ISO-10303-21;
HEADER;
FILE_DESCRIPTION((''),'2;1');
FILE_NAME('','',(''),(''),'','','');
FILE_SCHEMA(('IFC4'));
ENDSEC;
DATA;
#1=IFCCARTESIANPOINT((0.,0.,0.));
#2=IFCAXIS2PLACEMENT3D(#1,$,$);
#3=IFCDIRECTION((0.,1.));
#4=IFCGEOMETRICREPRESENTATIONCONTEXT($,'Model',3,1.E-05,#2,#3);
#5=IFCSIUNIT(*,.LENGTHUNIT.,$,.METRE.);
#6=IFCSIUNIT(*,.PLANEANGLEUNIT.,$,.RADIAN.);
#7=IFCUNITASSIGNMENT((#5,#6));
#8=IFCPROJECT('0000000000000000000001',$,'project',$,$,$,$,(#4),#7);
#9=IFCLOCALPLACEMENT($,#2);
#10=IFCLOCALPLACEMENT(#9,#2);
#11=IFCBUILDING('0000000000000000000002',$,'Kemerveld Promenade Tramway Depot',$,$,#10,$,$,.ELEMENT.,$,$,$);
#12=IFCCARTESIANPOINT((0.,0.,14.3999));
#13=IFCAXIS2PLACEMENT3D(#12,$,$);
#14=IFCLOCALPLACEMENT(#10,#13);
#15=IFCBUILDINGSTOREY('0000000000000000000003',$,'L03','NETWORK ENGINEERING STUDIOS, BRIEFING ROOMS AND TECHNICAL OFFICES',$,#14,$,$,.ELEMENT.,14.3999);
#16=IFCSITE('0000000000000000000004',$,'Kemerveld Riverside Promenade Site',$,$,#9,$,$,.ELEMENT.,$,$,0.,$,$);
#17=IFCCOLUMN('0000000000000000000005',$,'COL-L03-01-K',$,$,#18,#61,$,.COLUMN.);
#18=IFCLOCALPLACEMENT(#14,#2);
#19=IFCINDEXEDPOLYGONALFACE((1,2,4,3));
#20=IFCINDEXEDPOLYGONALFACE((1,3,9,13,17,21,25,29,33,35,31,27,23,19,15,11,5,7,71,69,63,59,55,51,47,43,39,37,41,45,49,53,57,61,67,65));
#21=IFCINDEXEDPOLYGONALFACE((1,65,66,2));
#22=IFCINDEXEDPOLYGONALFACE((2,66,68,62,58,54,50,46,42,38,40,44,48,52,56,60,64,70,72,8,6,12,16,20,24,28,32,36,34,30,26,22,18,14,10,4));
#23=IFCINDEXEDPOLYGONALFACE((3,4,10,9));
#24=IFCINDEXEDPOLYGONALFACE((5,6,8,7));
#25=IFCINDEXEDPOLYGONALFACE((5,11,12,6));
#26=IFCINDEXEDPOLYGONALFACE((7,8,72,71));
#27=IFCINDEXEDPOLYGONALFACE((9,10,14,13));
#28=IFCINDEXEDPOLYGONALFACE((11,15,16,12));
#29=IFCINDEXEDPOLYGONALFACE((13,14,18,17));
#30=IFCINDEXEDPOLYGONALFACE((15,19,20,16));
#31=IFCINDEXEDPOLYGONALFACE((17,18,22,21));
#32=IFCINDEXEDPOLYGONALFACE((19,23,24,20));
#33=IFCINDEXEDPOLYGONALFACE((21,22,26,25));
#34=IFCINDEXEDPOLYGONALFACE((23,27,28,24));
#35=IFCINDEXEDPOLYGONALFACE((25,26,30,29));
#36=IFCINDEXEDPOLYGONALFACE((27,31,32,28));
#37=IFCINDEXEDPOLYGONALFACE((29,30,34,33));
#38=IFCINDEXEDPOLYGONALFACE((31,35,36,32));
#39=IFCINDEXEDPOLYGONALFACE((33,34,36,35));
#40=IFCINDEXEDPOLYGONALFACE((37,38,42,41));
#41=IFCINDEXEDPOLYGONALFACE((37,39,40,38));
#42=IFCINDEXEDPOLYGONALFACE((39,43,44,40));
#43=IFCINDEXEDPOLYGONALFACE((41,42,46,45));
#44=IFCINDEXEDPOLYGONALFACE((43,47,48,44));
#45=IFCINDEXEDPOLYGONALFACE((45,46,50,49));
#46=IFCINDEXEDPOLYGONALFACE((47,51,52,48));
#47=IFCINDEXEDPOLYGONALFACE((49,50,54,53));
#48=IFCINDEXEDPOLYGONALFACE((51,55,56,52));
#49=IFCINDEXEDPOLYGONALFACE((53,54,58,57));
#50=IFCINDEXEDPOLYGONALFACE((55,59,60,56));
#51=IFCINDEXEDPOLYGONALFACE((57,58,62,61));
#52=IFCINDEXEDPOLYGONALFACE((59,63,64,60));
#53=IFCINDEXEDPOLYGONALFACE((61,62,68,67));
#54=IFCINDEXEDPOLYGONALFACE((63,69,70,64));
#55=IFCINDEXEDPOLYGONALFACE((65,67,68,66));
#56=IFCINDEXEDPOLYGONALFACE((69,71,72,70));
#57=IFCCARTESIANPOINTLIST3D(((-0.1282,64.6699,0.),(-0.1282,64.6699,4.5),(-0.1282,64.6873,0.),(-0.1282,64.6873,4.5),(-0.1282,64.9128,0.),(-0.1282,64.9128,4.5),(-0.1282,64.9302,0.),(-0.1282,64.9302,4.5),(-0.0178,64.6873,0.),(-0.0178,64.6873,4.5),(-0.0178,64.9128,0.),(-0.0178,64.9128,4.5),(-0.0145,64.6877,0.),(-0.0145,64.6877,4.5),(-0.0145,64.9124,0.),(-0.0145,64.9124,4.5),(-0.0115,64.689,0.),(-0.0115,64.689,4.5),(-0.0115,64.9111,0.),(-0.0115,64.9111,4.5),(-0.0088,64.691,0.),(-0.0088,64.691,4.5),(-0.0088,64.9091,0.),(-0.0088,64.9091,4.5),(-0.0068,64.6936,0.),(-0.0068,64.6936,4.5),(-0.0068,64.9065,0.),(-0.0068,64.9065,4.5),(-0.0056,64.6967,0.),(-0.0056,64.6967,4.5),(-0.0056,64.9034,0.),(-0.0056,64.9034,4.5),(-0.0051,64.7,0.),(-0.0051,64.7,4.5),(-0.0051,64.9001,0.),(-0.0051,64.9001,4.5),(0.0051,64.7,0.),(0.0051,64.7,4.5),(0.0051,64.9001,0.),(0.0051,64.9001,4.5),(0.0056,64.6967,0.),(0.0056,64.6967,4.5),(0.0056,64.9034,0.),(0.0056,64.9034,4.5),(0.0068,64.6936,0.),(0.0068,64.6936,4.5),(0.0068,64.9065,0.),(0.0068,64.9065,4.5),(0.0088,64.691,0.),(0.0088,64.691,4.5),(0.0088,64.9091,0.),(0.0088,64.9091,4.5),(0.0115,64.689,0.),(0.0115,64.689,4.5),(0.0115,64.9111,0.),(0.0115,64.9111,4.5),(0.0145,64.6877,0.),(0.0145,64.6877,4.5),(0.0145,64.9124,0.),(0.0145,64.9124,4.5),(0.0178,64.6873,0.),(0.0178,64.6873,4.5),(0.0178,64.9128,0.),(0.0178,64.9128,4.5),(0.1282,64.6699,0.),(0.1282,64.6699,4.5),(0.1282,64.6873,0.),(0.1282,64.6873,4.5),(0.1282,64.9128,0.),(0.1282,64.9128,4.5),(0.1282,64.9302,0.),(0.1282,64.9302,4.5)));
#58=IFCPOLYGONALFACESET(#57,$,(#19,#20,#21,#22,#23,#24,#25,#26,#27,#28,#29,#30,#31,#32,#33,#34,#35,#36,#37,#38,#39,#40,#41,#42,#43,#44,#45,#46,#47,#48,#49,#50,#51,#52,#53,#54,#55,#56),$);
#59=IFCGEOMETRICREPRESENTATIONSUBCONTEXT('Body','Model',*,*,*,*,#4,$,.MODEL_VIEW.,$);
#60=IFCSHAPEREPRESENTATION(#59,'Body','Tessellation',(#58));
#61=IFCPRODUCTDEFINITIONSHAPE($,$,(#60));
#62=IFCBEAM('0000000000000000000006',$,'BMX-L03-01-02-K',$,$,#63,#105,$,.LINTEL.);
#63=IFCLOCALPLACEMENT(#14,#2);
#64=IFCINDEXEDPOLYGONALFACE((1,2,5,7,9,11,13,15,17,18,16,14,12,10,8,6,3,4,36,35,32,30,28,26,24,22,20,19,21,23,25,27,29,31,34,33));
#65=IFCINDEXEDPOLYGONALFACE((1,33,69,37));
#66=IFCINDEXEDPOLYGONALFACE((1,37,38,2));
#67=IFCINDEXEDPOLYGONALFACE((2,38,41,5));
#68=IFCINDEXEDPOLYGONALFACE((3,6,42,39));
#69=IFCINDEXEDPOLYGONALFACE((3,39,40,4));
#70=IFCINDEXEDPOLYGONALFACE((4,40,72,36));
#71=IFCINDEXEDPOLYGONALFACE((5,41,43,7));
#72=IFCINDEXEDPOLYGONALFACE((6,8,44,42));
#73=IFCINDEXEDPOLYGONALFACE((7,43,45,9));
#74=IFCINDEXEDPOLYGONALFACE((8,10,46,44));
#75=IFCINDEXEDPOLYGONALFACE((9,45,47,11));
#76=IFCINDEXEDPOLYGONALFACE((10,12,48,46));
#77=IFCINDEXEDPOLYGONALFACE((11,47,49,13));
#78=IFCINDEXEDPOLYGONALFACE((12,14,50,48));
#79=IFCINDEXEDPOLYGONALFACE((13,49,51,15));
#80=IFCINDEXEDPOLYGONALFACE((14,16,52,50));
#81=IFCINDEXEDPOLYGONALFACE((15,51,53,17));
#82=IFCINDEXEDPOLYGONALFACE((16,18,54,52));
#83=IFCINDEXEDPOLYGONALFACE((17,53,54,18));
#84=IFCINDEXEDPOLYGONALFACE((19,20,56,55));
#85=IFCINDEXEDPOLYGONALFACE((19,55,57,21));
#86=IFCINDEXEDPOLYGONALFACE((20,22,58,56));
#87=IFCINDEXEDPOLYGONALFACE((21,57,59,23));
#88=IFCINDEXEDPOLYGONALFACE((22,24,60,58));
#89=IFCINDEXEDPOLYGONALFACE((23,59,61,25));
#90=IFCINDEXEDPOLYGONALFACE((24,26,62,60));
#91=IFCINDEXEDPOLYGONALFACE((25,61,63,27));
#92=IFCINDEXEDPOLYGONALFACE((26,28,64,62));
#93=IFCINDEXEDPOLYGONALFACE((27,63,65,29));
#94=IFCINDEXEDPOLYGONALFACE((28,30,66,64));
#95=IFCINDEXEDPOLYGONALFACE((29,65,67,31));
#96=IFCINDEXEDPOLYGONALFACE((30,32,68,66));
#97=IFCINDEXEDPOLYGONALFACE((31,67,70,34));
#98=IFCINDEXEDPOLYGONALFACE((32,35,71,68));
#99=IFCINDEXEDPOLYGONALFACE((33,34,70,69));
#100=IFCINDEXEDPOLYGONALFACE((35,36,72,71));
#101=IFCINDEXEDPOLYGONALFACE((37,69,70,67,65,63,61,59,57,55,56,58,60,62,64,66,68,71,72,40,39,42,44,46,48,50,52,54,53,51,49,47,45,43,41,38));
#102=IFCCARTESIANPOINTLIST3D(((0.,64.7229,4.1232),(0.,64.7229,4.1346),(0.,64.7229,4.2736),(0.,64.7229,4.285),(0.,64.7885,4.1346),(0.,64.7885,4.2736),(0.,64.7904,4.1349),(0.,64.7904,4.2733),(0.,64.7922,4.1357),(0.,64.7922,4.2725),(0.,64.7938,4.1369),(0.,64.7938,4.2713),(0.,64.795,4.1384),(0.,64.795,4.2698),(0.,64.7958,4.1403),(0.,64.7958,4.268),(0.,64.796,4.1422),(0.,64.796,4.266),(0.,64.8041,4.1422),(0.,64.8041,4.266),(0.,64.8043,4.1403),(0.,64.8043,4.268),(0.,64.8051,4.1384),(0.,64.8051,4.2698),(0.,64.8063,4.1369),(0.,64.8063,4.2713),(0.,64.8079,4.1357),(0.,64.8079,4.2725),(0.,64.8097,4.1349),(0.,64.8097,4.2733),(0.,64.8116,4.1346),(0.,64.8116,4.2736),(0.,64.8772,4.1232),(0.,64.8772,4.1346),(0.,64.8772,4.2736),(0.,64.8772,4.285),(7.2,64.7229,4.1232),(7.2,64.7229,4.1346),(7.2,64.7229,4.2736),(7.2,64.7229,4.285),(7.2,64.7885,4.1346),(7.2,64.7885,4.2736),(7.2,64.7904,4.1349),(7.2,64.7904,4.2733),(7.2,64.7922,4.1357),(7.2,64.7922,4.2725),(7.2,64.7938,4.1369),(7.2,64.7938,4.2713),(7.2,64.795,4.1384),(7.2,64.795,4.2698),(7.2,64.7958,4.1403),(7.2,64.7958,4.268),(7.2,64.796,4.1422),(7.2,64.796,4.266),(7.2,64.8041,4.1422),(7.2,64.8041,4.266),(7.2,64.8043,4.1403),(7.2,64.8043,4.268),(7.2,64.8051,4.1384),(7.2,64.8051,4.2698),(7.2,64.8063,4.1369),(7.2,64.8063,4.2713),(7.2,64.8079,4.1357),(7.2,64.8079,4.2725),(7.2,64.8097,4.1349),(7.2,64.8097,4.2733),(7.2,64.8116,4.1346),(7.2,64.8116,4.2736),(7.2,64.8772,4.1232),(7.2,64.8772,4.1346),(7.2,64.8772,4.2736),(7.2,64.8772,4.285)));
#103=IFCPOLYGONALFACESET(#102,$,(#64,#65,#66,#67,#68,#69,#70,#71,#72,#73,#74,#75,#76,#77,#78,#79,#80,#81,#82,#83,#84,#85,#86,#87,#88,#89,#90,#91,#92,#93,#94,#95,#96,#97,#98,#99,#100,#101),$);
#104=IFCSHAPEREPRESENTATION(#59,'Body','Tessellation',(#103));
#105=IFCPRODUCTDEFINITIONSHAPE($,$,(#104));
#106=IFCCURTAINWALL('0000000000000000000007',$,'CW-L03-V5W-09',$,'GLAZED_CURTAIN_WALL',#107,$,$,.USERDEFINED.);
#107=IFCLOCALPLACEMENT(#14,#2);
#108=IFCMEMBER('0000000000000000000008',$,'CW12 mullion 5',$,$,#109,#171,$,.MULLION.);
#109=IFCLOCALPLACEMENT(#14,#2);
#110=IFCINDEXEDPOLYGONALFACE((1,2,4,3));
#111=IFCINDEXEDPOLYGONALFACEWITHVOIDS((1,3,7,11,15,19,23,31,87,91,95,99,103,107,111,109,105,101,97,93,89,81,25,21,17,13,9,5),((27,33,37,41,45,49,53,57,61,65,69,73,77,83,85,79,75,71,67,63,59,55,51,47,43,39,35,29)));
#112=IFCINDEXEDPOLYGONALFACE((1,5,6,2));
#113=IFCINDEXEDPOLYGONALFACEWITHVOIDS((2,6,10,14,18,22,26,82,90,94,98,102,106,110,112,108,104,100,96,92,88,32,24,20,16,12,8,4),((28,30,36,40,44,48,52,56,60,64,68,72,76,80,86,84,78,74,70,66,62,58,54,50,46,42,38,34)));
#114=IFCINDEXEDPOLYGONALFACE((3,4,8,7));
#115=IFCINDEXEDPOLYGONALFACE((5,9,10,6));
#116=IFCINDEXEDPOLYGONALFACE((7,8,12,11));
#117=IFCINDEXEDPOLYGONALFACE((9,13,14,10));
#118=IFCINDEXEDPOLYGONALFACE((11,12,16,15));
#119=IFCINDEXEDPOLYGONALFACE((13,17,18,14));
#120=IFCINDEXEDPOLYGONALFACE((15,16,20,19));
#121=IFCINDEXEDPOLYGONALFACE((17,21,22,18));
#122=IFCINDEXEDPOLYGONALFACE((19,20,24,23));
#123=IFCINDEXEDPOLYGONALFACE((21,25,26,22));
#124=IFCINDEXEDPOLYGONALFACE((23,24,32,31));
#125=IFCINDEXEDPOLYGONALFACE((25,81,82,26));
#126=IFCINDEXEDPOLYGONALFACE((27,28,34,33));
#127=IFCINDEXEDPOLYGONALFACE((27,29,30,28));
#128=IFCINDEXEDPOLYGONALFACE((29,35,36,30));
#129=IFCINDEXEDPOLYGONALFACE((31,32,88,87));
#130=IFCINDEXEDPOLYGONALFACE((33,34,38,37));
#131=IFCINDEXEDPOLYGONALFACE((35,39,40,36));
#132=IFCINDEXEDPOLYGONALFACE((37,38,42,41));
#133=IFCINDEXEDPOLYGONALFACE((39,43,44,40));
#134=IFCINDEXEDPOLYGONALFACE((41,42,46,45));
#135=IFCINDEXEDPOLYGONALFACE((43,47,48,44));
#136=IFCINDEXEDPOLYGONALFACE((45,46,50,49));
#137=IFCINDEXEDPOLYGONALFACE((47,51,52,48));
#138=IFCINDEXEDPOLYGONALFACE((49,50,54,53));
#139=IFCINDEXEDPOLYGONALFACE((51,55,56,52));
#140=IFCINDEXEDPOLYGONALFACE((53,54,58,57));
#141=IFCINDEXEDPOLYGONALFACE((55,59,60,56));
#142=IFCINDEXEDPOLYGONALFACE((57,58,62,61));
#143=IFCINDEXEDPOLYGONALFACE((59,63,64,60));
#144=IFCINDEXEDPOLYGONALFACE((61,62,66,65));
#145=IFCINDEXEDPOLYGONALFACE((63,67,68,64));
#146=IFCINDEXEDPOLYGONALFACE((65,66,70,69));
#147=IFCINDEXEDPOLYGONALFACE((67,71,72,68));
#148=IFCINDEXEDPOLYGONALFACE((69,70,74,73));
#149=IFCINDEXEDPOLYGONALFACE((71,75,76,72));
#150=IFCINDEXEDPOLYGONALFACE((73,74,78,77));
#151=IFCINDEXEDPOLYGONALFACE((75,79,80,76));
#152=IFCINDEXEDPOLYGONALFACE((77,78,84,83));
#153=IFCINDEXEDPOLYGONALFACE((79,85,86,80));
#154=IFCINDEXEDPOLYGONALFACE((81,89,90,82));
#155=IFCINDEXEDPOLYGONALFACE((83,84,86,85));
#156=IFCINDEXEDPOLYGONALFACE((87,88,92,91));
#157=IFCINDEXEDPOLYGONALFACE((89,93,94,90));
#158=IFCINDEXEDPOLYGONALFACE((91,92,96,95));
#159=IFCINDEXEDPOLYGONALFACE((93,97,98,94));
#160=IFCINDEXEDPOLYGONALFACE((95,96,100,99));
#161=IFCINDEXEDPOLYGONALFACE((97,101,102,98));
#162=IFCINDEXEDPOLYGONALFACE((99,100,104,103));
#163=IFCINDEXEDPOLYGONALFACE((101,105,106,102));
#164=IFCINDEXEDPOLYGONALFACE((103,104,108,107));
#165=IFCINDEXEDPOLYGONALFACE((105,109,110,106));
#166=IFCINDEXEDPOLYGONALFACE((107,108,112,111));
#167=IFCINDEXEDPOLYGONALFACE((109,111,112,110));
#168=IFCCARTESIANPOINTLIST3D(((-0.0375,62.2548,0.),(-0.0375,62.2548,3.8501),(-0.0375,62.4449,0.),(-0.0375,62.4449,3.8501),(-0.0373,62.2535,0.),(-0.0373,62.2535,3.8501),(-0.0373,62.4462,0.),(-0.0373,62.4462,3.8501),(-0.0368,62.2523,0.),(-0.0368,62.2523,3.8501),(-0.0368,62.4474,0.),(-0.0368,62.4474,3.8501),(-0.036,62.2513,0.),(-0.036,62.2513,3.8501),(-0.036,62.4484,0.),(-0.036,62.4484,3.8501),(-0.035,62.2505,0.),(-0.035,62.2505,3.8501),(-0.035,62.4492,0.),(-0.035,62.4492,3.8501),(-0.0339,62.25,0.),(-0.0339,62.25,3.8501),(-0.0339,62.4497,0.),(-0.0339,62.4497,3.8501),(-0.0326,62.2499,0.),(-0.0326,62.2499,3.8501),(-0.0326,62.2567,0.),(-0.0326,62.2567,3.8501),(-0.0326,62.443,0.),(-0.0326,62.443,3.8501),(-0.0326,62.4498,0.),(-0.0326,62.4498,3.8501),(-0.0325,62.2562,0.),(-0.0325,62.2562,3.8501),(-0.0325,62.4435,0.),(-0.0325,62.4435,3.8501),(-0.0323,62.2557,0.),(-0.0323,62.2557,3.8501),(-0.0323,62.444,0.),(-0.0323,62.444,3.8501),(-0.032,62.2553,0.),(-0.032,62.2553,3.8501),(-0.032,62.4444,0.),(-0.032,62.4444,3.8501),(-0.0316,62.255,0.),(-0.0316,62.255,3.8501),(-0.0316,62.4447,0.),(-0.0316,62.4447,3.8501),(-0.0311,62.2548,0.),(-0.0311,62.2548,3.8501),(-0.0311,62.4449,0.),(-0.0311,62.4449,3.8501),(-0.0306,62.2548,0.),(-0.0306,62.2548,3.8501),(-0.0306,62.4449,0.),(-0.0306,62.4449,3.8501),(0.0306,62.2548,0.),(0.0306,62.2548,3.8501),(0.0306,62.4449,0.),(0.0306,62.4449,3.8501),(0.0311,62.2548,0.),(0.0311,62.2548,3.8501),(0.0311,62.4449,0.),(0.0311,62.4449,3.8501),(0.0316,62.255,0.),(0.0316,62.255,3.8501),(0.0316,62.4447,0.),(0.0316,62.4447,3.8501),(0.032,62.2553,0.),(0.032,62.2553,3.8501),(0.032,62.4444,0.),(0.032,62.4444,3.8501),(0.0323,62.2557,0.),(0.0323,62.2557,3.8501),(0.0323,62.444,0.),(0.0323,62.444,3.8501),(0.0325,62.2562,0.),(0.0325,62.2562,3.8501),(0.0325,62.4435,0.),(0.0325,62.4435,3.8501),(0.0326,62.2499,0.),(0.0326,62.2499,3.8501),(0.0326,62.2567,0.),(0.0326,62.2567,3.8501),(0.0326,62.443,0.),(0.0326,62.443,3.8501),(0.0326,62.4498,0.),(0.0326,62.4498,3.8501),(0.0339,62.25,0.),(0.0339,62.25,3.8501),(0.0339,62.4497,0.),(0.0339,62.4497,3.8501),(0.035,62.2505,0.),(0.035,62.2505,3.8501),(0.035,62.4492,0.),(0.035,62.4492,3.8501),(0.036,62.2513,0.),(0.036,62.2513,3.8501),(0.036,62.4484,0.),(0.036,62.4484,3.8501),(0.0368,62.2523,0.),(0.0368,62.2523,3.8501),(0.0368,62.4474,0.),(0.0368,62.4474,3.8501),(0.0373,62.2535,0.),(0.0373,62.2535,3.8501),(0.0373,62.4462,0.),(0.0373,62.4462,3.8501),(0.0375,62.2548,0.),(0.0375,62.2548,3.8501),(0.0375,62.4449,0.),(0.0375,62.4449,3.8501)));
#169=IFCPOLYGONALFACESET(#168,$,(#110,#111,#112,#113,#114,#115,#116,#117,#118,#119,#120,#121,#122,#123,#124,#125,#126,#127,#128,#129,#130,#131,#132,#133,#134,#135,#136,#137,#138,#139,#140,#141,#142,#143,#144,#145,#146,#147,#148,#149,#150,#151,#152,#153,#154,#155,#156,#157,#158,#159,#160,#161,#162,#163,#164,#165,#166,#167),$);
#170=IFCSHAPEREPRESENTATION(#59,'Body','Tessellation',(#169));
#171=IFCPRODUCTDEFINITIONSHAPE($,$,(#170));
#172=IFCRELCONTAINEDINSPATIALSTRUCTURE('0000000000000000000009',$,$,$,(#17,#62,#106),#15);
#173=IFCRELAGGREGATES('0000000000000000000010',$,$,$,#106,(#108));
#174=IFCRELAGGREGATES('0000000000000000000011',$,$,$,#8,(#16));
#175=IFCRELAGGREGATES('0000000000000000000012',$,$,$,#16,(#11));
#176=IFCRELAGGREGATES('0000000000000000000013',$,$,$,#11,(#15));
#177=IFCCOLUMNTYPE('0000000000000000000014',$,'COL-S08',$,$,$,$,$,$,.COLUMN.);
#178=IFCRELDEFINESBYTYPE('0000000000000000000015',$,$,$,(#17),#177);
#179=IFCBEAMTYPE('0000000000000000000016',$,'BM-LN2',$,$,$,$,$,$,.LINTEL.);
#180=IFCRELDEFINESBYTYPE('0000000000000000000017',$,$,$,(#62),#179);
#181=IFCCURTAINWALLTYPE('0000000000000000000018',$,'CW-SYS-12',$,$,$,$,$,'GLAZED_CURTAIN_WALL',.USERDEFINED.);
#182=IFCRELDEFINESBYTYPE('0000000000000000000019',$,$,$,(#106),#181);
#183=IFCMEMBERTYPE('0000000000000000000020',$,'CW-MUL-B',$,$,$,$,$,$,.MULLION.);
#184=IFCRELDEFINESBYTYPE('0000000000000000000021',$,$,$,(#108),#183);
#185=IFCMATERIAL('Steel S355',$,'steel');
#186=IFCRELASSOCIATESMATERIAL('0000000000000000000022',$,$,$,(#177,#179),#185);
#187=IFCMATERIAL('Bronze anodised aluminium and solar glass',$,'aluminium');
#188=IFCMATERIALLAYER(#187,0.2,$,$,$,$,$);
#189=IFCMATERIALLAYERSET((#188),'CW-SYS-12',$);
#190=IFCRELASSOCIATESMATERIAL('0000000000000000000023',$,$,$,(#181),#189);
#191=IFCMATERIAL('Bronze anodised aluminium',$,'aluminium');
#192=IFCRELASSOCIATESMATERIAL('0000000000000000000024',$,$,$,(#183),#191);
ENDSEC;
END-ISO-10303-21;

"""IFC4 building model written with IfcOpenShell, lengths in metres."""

from ifc_helpers import new_model, si_unit, direction, frame, origin, origin_2d, place, context, subcontext, project, spatial, hollow_rectangle, i_section, extrude, material, layer, layer_set, material_profile, profile_set, type_object, element, aggregate, save


model = new_model("IFC4")

# Units and contexts
model_context = context("Model", 3, precision=1e-05, world=origin(), true_north=direction((0.0, 1.0)))
body_context = subcontext(model_context, "Body", "Model", "MODEL_VIEW")
ifc_project = project(units=[si_unit("LENGTHUNIT", "METRE"), si_unit("PLANEANGLEUNIT", "RADIAN")], contexts=[model_context])

# Site, building, storey
site_placement = place(None, origin())
site = spatial("IfcSite", under=ifc_project, at=site_placement, Name="Kemerveld Riverside Promenade Site", CompositionType="ELEMENT", RefElevation=0.0)
building_placement = place(site_placement, origin())
building = spatial("IfcBuilding", under=site, at=building_placement, Name="Kemerveld Promenade Tramway Depot", CompositionType="ELEMENT")
storey_placement = place(building_placement, frame((0.0, 0.0, 14.3999)))
storey = spatial("IfcBuildingStorey", under=building, at=storey_placement, Name="L03", Description="NETWORK ENGINEERING STUDIOS, BRIEFING ROOMS AND TECHNICAL OFFICES", CompositionType="ELEMENT", Elevation=14.3999)

# Column
ifc_material_1 = material(Name="Steel S355", Category="steel")
ifc_material_profile_1 = material_profile(ifc_material_1, i_section(OverallWidth=0.2563, OverallDepth=0.2603, WebThickness=0.0103, FlangeThickness=0.0173, FilletRadius=0.0127, at=origin_2d()), Name="254x254x89 UC")
ifc_profile_set_1 = profile_set([ifc_material_profile_1], Name="Steel S355")
column_type = type_object("IfcColumnType", Name="COL-S08", PredefinedType="COLUMN", material=ifc_profile_set_1)
column_placement = place(storey_placement, frame((0.0, 64.8, 0.0), z_axis=(0.0, 0.0, 1.0), x_axis=(1.0, 0.0, 0.0)))
element("IfcColumn", 1, at=column_placement, inside=storey, type_object=column_type, Name="COL-L03-01-K", PredefinedType="COLUMN", context=body_context, shape_type="SweptSolid", body=[
    extrude(i_section(OverallWidth=0.2563, OverallDepth=0.2603, WebThickness=0.0103, FlangeThickness=0.0173, FilletRadius=0.0127, at=origin_2d()), origin(), (0.0, 0.0, 1.0), 4.5),
])

# Beam
ifc_material_profile_2 = material_profile(ifc_material_1, i_section(OverallWidth=0.1543, OverallDepth=0.1619, WebThickness=0.0081, FlangeThickness=0.0115, FilletRadius=0.0076, at=origin_2d()), Name="152x152x37 UC")
ifc_profile_set_2 = profile_set([ifc_material_profile_2], Name="Steel S355")
beam_type = type_object("IfcBeamType", Name="BM-LN2", PredefinedType="LINTEL", material=ifc_profile_set_2)
beam_placement = place(storey_placement, frame((0.0, 64.8, 4.2041), z_axis=(1.0, 0.0, 0.0), x_axis=(0.0, 1.0, 0.0)))
element("IfcBeam", 2, at=beam_placement, inside=storey, type_object=beam_type, Name="BMX-L03-01-02-K", PredefinedType="LINTEL", context=body_context, shape_type="SweptSolid", body=[
    extrude(i_section(OverallWidth=0.1543, OverallDepth=0.1619, WebThickness=0.0081, FlangeThickness=0.0115, FilletRadius=0.0076, at=origin_2d()), origin(), (0.0, 0.0, 1.0), 7.2),
])

# Curtain wall, member
ifc_material_2 = material(Name="Bronze anodised aluminium and solar glass", Category="aluminium")
ifc_layer_1 = layer(ifc_material_2, 0.2)
ifc_layer_set_1 = layer_set([ifc_layer_1], Name="CW-SYS-12")
curtain_wall_type = type_object("IfcCurtainWallType", Name="CW-SYS-12", ElementType="GLAZED_CURTAIN_WALL", PredefinedType="USERDEFINED", material=ifc_layer_set_1)
curtain_wall_placement = place(storey_placement, origin())
curtain_wall = element("IfcCurtainWall", 3, at=curtain_wall_placement, inside=storey, type_object=curtain_wall_type, Name="CW-L03-V5W-09", ObjectType="GLAZED_CURTAIN_WALL", PredefinedType="USERDEFINED")
ifc_material_3 = material(Name="Bronze anodised aluminium", Category="aluminium")
ifc_material_profile_3 = material_profile(ifc_material_3, hollow_rectangle(XDim=0.075, YDim=0.2, WallThickness=0.0049, InnerFilletRadius=0.002, OuterFilletRadius=0.0049, at=origin_2d()), Name="CW-MUL-200x75")
ifc_profile_set_3 = profile_set([ifc_material_profile_3], Name="Bronze anodised aluminium")
member_type_1 = type_object("IfcMemberType", Name="CW-MUL-B", PredefinedType="MULLION", material=ifc_profile_set_3)
member_1_placement = place(storey_placement, frame((0.0, 62.3499, 0.0), z_axis=(0.0, 0.0, 1.0), x_axis=(-1.0, 0.0, 0.0)))
member_1 = element("IfcMember", 4, at=member_1_placement, type_object=member_type_1, Name="CW12 mullion 5", PredefinedType="MULLION", context=body_context, shape_type="SweptSolid", body=[
    extrude(hollow_rectangle(XDim=0.075, YDim=0.2, WallThickness=0.0049, InnerFilletRadius=0.002, OuterFilletRadius=0.0049, at=origin_2d()), origin(), (0.0, 0.0, 1.0), 3.8501),
])
aggregate(curtain_wall, [member_1])

save(model, "model.ifc")
